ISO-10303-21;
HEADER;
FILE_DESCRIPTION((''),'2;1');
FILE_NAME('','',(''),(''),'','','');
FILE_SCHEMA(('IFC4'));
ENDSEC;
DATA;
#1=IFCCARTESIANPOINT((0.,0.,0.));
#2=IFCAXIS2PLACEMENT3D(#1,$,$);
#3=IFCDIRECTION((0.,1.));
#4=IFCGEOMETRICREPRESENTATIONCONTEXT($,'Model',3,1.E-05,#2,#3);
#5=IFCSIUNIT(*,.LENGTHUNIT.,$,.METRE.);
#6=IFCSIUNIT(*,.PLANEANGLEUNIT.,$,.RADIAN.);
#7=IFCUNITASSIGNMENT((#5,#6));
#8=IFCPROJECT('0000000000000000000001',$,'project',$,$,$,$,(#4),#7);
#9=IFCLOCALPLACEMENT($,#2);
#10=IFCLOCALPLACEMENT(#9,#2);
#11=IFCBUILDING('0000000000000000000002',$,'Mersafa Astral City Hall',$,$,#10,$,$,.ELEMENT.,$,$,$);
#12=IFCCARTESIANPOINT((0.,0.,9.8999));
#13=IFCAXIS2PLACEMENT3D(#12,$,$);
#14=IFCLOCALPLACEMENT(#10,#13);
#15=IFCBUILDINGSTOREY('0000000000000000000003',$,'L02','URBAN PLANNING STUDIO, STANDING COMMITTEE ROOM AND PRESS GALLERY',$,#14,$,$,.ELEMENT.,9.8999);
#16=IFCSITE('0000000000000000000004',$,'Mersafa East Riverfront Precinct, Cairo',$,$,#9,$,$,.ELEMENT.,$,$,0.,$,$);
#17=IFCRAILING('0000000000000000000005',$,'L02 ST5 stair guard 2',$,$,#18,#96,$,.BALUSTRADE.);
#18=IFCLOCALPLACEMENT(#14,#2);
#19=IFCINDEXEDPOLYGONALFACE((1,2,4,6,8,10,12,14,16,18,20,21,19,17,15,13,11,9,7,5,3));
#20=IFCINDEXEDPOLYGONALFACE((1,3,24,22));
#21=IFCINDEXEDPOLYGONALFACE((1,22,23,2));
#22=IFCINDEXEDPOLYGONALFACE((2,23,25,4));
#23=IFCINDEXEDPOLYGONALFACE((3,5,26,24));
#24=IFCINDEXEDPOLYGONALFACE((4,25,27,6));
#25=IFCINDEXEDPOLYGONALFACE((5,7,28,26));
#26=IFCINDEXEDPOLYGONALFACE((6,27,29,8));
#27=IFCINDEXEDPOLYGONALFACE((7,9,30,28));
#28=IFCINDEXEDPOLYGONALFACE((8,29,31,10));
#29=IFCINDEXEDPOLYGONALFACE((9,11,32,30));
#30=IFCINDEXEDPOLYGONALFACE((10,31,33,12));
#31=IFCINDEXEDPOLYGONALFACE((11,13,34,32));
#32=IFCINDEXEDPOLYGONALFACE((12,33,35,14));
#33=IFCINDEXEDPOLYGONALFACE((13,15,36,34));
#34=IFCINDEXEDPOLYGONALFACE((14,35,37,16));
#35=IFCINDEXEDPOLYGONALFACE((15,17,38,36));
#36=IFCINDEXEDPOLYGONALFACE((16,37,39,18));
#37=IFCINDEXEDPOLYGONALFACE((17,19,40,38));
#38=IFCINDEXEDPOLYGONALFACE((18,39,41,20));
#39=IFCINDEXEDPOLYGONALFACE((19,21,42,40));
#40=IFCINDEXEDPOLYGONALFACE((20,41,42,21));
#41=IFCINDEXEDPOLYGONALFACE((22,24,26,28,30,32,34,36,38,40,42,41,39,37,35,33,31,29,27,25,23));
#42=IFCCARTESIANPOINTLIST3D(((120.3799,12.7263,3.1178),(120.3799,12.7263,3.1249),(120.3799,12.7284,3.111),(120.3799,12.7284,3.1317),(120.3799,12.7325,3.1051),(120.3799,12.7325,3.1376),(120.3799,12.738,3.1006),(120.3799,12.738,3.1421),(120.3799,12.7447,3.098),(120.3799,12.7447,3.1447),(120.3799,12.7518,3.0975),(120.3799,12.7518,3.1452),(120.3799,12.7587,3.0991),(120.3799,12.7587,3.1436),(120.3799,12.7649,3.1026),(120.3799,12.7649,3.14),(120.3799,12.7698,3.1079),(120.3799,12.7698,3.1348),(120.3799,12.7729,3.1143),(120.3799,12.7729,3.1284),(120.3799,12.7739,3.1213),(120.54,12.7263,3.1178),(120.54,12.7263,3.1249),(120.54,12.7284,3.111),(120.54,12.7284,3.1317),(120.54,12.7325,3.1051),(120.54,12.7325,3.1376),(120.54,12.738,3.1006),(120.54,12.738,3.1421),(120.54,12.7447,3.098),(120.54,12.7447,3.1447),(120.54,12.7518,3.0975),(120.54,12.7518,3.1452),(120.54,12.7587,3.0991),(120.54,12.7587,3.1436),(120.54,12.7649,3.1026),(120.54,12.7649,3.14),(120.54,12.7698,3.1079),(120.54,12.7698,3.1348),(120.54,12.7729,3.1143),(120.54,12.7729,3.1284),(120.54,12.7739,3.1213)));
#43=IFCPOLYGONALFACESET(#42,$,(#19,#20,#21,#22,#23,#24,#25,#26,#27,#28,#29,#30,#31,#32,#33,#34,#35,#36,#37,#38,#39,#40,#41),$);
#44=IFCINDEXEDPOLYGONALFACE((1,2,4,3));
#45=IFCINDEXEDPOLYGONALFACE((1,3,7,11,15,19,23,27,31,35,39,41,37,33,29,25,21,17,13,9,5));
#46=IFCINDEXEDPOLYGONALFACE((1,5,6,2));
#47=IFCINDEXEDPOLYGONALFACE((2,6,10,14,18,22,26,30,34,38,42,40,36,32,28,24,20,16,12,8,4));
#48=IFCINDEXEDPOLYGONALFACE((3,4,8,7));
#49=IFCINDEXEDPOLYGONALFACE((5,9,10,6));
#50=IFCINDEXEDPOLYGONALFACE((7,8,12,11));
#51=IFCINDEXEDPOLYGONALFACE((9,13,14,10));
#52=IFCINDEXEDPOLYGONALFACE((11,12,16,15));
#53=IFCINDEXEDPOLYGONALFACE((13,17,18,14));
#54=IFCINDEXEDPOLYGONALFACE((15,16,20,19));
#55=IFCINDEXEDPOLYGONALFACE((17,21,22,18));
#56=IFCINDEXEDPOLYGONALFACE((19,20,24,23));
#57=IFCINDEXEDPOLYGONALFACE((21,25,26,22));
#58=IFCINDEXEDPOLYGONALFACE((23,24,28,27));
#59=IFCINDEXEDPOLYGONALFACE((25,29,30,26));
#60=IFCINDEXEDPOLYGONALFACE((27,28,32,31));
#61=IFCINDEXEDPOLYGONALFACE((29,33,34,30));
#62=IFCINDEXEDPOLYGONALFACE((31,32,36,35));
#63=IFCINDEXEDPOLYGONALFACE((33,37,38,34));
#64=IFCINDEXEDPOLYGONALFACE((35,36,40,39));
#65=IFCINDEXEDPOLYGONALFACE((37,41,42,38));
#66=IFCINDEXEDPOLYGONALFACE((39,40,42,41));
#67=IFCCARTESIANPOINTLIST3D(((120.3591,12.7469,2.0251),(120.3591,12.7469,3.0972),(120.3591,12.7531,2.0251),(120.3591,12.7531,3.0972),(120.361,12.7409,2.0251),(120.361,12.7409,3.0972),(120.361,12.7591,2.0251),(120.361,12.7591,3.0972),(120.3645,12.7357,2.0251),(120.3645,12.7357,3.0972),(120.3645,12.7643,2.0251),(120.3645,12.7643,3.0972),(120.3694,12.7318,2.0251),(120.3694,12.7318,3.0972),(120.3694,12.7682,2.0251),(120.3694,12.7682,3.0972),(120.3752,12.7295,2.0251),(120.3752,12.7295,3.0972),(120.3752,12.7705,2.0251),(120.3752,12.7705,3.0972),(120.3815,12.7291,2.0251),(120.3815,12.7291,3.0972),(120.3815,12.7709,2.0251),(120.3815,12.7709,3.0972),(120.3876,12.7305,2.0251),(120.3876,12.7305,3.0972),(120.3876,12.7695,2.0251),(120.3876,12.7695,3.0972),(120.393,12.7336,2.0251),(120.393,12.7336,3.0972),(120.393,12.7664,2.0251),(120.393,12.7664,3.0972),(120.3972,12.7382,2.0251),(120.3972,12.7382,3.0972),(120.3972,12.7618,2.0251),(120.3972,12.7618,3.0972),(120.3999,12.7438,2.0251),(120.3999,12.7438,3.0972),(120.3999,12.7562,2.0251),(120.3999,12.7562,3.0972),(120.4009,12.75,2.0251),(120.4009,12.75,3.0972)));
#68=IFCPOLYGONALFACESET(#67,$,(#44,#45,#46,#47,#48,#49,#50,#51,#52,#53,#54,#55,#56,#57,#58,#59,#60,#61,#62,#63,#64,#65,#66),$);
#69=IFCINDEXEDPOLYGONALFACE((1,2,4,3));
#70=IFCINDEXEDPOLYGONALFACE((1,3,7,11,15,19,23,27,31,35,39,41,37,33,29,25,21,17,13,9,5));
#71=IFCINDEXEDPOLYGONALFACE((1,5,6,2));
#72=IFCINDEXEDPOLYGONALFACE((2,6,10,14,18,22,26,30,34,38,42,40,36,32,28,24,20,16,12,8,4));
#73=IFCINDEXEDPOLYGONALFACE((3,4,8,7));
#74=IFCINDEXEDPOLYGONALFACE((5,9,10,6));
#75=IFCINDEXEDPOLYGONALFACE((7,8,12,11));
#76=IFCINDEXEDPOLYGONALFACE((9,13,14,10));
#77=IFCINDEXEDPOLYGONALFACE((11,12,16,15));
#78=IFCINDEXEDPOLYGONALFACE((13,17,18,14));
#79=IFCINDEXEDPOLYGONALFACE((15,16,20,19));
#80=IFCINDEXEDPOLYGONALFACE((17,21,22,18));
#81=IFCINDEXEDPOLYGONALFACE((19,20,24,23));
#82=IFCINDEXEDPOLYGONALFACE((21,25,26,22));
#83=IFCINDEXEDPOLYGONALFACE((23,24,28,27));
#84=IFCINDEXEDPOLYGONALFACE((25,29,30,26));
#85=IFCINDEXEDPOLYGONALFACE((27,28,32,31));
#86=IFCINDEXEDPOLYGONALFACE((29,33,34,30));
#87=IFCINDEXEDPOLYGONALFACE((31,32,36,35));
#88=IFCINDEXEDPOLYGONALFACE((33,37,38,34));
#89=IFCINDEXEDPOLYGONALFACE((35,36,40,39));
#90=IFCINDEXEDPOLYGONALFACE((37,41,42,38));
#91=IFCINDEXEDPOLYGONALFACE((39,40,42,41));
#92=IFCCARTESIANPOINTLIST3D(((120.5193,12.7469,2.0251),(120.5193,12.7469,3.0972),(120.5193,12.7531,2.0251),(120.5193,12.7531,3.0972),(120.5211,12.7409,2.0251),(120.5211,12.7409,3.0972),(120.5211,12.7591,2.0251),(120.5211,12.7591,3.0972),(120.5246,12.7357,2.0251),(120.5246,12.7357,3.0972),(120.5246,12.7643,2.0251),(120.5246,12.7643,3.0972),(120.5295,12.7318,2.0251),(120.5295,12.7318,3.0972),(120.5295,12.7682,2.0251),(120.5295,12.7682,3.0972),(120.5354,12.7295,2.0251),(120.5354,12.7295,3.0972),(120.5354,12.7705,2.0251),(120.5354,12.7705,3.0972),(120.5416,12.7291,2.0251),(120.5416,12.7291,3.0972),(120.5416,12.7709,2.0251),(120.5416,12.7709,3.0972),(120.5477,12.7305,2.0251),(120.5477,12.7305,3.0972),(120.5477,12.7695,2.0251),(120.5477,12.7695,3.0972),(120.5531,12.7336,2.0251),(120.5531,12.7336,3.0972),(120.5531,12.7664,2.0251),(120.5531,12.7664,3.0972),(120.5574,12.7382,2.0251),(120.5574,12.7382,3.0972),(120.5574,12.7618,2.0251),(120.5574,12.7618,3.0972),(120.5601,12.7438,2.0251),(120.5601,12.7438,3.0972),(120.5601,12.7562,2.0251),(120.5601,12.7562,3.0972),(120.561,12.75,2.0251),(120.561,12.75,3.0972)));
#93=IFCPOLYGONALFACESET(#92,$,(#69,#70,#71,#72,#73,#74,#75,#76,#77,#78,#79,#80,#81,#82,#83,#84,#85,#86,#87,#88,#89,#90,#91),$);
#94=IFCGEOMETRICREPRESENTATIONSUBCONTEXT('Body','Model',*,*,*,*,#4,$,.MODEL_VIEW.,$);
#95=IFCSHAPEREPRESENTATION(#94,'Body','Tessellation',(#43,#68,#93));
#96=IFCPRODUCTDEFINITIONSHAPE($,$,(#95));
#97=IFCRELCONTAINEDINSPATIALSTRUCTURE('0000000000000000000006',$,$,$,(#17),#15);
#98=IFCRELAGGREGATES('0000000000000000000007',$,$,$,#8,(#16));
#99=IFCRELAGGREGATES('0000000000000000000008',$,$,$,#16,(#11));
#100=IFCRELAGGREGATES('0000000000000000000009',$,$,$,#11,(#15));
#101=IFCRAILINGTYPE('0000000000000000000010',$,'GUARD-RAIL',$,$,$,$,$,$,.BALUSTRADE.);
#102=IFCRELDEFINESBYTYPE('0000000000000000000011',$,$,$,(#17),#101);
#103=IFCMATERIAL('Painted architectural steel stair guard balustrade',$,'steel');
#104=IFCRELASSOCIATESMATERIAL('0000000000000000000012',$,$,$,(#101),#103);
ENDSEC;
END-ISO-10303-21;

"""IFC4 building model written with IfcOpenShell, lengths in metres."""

from ifc_helpers import new_model, si_unit, direction, frame, origin, origin_2d, place, context, subcontext, project, spatial, circle, extrude, material, type_object, element, save


model = new_model("IFC4")

# Units and contexts
model_context = context("Model", 3, precision=1e-05, world=origin(), true_north=direction((0.0, 1.0)))
body_context = subcontext(model_context, "Body", "Model", "MODEL_VIEW")
ifc_project = project(units=[si_unit("LENGTHUNIT", "METRE"), si_unit("PLANEANGLEUNIT", "RADIAN")], contexts=[model_context])

# Site, building, storey
site_placement = place(None, origin())
site = spatial("IfcSite", under=ifc_project, at=site_placement, Name="Mersafa East Riverfront Precinct, Cairo", CompositionType="ELEMENT", RefElevation=0.0)
building_placement = place(site_placement, origin())
building = spatial("IfcBuilding", under=site, at=building_placement, Name="Mersafa Astral City Hall", CompositionType="ELEMENT")
storey_placement = place(building_placement, frame((0.0, 0.0, 9.8999)))
storey = spatial("IfcBuildingStorey", under=building, at=storey_placement, Name="L02", Description="URBAN PLANNING STUDIO, STANDING COMMITTEE ROOM AND PRESS GALLERY", CompositionType="ELEMENT", Elevation=9.8999)

# Railing
ifc_material_1 = material(Name="Painted architectural steel stair guard balustrade", Category="steel")
railing_type_1 = type_object("IfcRailingType", Name="GUARD-RAIL", PredefinedType="BALUSTRADE", material=ifc_material_1)
railing_1_placement = place(storey_placement, frame((120.3799, 12.75, 2.0251)))
element("IfcRailing", 1, at=railing_1_placement, inside=storey, type_object=railing_type_1, Name="L02 ST5 stair guard 2", PredefinedType="BALUSTRADE", context=body_context, shape_type="SweptSolid", body=[
    extrude(circle(Radius=0.0239, at=origin_2d()), frame((0.0, 0.0, 1.0962), z_axis=(1.0, 0.0, 0.0), x_axis=(0.0, 1.0, 0.0)), (0.0, 0.0, 1.0), 0.1602),
    extrude(circle(Radius=0.021, at=origin_2d()), origin(), (0.0, 0.0, 1.0), 1.072),
    extrude(circle(Radius=0.021, at=origin_2d()), frame((0.1602, 0.0, 0.0)), (0.0, 0.0, 1.0), 1.072),
])

save(model, "model.ifc")
